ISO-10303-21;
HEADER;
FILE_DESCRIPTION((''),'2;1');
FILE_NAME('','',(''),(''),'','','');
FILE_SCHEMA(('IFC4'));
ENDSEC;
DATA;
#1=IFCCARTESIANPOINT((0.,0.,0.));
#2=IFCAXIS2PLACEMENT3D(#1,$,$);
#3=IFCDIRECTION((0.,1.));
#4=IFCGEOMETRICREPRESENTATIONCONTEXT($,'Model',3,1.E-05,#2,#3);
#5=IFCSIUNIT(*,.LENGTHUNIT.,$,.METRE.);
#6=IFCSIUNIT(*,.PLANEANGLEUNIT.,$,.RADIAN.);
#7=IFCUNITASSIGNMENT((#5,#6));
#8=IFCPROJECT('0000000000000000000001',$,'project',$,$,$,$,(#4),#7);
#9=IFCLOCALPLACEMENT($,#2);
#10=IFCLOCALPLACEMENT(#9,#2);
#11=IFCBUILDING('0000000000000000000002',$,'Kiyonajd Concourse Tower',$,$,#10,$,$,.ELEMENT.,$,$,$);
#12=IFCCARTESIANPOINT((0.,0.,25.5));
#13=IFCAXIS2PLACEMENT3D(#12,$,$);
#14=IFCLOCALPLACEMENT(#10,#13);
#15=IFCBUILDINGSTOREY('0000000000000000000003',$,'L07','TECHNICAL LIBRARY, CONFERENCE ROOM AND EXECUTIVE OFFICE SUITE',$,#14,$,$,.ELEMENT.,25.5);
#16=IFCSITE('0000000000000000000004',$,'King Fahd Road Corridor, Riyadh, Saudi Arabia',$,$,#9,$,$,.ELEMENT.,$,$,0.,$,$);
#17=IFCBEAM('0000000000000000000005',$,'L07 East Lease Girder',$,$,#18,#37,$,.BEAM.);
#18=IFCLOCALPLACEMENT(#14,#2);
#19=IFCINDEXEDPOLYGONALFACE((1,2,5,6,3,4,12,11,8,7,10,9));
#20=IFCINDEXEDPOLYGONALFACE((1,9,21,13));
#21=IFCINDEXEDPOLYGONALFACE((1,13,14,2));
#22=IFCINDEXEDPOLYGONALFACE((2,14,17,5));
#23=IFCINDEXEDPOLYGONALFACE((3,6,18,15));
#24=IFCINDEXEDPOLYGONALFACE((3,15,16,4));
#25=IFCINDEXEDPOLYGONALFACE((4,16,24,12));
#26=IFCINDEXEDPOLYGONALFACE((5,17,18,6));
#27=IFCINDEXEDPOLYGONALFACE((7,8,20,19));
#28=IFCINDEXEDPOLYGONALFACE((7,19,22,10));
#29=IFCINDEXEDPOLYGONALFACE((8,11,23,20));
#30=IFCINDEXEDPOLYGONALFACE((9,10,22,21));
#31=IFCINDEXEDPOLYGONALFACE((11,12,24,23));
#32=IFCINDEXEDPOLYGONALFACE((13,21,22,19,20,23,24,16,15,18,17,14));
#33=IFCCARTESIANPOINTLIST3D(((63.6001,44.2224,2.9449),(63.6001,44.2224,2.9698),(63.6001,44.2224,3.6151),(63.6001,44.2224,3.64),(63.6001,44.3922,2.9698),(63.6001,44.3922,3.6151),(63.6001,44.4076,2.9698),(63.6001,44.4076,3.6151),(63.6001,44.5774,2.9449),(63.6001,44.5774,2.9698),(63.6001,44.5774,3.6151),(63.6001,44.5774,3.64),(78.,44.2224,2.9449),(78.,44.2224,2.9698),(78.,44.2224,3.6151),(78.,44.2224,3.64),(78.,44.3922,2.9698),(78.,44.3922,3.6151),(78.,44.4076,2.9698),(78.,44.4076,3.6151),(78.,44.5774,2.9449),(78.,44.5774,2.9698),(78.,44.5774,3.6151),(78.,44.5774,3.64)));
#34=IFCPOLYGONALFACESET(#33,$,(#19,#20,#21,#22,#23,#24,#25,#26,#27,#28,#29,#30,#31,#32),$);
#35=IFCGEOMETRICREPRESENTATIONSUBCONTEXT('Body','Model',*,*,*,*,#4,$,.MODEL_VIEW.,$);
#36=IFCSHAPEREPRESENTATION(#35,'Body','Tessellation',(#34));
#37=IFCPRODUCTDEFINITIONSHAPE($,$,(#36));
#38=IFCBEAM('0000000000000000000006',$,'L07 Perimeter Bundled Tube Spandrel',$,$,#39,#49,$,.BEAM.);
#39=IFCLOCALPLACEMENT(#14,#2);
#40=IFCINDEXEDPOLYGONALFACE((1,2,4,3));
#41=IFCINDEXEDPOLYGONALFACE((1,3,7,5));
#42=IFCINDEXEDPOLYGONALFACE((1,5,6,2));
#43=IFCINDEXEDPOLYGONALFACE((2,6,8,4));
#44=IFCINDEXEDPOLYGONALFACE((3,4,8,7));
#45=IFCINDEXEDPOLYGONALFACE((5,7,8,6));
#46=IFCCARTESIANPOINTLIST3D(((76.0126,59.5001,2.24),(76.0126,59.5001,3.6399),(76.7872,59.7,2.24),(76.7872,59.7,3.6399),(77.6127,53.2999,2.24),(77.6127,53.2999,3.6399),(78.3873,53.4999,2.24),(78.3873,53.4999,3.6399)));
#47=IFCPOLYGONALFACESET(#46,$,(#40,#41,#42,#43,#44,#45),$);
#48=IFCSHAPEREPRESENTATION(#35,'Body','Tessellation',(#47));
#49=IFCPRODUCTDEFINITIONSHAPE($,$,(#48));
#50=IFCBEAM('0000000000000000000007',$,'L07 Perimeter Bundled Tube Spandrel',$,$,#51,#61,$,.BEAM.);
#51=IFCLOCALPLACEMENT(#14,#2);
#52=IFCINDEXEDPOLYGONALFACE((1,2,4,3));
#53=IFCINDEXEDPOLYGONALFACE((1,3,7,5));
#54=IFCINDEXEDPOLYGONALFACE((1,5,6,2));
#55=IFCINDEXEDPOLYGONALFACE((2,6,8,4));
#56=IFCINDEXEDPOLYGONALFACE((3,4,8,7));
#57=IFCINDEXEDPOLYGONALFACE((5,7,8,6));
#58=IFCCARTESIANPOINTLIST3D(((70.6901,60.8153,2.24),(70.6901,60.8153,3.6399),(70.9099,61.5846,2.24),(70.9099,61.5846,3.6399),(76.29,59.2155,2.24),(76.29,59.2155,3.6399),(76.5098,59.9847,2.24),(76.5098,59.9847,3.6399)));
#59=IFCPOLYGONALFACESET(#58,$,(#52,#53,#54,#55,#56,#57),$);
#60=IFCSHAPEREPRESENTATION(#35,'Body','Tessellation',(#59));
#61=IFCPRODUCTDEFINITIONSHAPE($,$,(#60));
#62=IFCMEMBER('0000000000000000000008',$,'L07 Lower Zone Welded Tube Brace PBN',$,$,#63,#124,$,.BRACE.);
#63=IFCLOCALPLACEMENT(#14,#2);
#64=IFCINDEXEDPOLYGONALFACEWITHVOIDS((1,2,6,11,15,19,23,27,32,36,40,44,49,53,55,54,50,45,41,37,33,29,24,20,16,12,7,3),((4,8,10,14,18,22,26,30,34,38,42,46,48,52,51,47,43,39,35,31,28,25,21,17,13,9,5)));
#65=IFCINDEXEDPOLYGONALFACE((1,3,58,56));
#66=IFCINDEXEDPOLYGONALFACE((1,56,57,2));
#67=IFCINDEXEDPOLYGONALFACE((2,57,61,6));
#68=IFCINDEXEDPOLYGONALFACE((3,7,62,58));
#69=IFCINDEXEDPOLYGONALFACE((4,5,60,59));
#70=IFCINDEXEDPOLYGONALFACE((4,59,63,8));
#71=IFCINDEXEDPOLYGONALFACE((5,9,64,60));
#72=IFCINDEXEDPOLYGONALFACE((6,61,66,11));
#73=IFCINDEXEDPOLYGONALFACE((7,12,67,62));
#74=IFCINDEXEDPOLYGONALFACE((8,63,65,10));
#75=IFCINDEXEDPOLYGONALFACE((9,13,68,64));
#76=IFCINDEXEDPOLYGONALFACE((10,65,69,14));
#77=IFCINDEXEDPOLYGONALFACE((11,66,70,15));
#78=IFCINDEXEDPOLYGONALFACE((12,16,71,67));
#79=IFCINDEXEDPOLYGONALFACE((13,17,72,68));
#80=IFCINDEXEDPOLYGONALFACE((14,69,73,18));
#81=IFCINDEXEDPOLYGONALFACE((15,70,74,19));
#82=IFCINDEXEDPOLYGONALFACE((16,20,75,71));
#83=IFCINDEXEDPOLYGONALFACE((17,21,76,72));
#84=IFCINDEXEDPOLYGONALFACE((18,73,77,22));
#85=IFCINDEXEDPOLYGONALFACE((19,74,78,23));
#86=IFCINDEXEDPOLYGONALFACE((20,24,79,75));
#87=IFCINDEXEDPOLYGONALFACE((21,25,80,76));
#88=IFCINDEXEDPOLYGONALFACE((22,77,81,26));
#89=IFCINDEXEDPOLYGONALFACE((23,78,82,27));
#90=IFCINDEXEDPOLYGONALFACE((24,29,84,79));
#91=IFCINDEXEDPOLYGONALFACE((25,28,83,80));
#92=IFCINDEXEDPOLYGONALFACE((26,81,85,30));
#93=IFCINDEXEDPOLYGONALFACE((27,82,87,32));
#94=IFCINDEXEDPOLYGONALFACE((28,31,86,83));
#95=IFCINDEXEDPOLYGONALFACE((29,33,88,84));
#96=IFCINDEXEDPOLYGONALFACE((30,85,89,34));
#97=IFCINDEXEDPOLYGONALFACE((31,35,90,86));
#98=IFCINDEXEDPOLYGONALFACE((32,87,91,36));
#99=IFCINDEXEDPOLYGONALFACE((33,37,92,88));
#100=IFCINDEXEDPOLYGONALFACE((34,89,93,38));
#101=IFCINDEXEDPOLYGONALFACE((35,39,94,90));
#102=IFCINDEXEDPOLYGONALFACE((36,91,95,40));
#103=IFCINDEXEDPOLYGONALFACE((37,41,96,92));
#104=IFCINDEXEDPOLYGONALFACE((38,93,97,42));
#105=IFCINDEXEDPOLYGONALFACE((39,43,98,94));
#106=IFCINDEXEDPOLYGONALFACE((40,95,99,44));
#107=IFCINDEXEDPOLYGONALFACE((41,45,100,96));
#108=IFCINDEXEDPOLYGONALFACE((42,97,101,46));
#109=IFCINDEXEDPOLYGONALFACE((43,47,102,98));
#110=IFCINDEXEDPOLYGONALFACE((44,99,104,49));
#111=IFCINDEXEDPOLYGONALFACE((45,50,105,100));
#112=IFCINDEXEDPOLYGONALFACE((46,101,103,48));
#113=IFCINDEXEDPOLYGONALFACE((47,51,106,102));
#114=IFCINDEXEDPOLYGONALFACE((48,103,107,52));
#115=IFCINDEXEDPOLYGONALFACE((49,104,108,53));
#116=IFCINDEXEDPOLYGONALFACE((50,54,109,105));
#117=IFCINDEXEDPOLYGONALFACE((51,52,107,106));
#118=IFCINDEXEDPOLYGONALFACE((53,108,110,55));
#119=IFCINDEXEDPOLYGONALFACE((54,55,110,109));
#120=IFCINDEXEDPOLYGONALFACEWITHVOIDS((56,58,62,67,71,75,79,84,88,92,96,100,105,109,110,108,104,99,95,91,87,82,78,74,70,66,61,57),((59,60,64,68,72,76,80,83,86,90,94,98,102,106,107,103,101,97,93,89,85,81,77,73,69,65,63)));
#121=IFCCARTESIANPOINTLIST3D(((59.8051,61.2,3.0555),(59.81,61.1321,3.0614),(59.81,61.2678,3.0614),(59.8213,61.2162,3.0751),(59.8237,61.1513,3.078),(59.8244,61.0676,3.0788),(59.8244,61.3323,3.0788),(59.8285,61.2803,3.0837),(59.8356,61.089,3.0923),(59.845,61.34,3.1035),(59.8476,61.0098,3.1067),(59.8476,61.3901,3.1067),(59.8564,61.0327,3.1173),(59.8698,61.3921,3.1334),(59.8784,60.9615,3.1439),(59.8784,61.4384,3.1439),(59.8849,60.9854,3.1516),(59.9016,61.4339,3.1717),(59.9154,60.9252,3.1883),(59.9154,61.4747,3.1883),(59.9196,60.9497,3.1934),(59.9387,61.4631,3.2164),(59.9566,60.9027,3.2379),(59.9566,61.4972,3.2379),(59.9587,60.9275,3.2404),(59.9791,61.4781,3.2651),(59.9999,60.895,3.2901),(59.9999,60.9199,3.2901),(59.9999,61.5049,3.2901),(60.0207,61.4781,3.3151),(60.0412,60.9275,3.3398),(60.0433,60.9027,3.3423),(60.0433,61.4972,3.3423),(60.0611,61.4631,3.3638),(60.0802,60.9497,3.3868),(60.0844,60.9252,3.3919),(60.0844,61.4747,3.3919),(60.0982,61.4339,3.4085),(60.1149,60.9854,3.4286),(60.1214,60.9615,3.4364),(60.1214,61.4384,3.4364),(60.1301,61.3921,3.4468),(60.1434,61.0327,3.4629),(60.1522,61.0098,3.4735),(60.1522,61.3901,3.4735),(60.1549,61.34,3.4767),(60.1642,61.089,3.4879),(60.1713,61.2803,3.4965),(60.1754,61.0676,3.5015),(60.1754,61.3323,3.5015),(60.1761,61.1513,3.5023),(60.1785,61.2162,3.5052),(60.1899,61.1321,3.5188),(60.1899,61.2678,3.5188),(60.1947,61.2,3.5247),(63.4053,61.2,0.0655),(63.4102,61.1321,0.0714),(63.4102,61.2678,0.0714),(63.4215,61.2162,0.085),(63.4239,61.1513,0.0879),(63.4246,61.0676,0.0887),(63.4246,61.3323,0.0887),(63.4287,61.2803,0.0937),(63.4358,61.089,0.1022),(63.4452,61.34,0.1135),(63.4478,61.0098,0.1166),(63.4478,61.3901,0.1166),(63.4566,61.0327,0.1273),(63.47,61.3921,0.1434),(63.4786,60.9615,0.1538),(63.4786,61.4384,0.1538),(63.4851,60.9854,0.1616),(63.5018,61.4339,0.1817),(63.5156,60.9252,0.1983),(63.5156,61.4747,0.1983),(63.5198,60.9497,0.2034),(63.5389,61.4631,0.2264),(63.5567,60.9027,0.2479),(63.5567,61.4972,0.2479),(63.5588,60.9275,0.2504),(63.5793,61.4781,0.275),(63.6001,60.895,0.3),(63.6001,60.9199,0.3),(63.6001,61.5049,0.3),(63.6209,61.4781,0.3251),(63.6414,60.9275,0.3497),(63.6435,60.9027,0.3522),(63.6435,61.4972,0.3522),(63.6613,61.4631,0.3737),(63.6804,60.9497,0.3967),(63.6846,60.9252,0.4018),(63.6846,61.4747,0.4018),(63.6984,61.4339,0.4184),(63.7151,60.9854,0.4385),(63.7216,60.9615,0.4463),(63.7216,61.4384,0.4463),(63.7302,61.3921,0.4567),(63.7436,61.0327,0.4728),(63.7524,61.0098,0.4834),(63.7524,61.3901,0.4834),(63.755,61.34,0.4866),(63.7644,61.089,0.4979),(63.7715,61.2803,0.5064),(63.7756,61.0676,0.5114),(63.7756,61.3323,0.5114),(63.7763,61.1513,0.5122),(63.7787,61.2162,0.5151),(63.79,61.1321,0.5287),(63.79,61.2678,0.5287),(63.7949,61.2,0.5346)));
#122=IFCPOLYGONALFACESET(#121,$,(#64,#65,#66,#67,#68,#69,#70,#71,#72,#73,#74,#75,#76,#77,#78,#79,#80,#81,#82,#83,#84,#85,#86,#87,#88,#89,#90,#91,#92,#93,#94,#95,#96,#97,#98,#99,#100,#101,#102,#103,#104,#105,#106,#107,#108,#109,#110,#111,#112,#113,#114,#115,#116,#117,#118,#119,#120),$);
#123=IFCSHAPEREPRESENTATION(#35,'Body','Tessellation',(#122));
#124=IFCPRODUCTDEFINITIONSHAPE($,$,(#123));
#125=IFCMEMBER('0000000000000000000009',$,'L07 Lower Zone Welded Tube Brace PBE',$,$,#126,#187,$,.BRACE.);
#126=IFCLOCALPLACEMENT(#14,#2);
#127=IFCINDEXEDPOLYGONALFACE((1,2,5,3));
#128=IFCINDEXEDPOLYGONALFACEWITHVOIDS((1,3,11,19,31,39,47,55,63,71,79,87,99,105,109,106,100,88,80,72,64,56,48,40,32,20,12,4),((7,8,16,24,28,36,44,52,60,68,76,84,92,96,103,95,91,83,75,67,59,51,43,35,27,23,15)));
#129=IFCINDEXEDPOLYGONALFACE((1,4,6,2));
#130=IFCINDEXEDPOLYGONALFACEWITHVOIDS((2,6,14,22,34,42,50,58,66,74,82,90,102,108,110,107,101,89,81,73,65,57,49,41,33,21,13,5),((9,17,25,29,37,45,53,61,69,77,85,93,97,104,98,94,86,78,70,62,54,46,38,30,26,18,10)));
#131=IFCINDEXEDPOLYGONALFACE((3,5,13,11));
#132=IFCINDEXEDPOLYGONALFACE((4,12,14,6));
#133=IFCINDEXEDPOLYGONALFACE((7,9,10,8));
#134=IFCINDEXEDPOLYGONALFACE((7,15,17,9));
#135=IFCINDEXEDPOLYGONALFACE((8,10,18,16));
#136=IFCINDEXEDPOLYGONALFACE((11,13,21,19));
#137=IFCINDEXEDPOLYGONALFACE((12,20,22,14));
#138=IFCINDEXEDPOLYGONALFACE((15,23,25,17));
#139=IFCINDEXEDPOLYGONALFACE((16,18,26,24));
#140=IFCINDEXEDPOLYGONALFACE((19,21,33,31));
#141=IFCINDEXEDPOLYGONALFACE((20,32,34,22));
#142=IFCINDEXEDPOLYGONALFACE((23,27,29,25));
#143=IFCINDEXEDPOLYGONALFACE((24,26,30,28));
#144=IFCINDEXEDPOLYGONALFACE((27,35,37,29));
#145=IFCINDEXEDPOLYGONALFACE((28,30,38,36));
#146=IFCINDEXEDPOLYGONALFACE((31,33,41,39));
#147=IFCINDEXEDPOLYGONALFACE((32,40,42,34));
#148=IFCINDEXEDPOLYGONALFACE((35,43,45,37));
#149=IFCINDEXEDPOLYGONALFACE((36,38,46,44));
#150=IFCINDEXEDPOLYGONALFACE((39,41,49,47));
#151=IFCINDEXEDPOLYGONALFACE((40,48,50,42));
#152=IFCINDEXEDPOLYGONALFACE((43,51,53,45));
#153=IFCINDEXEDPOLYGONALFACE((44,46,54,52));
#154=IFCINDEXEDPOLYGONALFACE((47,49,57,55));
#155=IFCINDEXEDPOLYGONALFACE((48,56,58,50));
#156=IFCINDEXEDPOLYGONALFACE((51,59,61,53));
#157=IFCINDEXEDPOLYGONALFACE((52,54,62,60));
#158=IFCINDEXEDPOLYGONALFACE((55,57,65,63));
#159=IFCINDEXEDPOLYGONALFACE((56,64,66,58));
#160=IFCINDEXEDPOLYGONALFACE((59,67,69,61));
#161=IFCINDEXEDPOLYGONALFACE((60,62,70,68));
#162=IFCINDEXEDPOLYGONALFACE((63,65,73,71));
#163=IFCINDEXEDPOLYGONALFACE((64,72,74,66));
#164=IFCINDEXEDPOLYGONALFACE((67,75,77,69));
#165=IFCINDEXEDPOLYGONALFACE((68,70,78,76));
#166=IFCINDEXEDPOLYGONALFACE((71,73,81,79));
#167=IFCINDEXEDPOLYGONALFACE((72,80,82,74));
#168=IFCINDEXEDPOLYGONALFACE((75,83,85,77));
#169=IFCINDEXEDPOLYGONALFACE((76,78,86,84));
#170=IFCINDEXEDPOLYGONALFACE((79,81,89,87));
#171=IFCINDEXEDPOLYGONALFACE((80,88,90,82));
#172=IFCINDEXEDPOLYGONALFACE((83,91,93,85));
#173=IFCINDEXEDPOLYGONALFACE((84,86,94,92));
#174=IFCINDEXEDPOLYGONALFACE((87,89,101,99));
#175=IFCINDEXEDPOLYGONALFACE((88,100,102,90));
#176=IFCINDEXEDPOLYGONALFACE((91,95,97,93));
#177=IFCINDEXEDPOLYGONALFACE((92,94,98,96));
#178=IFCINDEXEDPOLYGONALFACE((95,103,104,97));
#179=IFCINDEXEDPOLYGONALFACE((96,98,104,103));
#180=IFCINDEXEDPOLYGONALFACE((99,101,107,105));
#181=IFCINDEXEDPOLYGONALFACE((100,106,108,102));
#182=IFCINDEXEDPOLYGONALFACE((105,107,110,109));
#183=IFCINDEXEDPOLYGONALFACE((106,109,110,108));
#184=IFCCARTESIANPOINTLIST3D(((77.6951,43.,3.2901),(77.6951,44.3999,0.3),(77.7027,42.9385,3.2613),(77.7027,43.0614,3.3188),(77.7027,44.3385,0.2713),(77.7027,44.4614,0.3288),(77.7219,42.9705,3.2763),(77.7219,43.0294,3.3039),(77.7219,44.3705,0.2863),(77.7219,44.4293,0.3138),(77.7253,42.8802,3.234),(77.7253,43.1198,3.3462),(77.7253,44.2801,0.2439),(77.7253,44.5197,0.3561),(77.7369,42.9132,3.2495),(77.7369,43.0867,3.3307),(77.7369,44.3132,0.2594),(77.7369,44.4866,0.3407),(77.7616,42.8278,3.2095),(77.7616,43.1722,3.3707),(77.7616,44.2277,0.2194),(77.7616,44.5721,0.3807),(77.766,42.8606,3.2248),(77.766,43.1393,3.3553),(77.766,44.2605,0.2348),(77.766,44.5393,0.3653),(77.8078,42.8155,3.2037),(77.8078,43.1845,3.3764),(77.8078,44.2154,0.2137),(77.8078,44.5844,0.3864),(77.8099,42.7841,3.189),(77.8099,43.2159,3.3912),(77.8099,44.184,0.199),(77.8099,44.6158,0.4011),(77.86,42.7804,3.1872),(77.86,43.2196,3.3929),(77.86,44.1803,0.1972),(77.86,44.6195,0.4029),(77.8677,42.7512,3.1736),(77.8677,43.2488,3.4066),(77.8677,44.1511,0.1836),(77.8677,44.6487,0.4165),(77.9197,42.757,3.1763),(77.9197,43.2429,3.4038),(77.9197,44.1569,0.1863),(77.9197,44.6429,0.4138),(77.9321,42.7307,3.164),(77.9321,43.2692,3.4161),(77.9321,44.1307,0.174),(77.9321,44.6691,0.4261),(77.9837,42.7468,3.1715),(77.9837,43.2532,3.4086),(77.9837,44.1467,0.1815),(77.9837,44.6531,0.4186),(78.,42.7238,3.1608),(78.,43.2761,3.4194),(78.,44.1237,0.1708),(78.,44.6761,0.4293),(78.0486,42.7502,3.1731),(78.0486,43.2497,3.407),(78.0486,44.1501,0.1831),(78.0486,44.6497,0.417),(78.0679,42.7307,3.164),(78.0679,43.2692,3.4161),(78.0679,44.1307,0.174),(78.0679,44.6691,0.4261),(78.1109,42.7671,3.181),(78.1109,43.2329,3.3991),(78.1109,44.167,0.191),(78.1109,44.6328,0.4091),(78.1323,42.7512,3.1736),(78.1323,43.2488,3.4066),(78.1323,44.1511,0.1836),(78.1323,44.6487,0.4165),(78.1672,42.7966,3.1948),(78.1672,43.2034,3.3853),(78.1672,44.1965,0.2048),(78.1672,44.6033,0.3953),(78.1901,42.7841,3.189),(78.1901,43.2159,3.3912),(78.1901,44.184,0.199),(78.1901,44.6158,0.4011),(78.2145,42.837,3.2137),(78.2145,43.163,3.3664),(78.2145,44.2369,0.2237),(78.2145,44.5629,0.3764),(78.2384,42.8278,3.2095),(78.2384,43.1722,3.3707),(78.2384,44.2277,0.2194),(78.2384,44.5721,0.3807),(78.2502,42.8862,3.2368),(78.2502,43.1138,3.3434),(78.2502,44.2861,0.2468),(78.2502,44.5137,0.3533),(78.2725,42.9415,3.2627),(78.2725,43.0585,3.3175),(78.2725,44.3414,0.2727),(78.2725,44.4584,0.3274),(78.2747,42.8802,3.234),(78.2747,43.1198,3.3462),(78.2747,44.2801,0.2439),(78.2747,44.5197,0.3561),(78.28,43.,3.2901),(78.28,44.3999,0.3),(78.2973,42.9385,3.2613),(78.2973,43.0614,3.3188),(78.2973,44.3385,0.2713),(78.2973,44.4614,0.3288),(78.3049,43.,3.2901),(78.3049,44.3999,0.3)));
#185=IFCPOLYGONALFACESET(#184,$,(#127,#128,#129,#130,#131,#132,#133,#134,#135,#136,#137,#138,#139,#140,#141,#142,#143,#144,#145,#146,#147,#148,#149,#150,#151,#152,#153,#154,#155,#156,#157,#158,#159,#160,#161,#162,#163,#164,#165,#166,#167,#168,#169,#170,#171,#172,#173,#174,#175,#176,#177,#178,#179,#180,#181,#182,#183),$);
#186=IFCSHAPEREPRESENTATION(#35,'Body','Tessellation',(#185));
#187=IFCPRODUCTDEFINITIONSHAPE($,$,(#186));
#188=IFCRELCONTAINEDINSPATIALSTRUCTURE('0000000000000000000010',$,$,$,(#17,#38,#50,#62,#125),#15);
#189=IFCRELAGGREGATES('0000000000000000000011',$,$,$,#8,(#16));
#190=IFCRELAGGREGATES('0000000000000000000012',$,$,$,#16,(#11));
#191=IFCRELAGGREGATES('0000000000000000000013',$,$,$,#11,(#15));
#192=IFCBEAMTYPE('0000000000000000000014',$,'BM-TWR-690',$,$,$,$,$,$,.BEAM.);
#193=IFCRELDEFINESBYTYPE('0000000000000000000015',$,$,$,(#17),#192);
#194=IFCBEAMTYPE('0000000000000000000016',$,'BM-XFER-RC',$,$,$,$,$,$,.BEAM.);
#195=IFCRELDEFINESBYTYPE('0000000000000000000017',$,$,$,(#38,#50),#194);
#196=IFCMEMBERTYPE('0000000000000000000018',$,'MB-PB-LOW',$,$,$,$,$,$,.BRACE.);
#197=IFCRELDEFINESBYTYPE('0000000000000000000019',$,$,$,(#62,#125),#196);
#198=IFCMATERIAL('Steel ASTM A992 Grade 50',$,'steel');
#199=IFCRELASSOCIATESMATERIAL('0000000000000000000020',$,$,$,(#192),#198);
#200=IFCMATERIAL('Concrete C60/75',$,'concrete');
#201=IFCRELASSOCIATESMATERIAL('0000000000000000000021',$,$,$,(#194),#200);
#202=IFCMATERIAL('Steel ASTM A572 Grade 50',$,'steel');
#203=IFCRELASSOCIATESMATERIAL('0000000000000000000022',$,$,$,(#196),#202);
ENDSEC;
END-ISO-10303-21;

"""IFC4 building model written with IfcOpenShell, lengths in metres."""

from ifc_helpers import new_model, si_unit, direction, frame, origin, origin_2d, place, context, subcontext, project, spatial, rectangle, hollow_circle, i_section, extrude, material, material_profile, profile_set, type_object, element, save


model = new_model("IFC4")

# Units and contexts
model_context = context("Model", 3, precision=1e-05, world=origin(), true_north=direction((0.0, 1.0)))
body_context = subcontext(model_context, "Body", "Model", "MODEL_VIEW")
ifc_project = project(units=[si_unit("LENGTHUNIT", "METRE"), si_unit("PLANEANGLEUNIT", "RADIAN")], contexts=[model_context])

# Site, building, storey
site_placement = place(None, origin())
site = spatial("IfcSite", under=ifc_project, at=site_placement, Name="King Fahd Road Corridor, Riyadh, Saudi Arabia", CompositionType="ELEMENT", RefElevation=0.0)
building_placement = place(site_placement, origin())
building = spatial("IfcBuilding", under=site, at=building_placement, Name="Kiyonajd Concourse Tower", CompositionType="ELEMENT")
storey_placement = place(building_placement, frame((0.0, 0.0, 25.5)))
storey = spatial("IfcBuildingStorey", under=building, at=storey_placement, Name="L07", Description="TECHNICAL LIBRARY, CONFERENCE ROOM AND EXECUTIVE OFFICE SUITE", CompositionType="ELEMENT", Elevation=25.5)

# Beams
ifc_material_1 = material(Name="Steel ASTM A992 Grade 50", Category="steel")
ifc_material_profile_1 = material_profile(ifc_material_1, i_section(OverallWidth=0.355, OverallDepth=0.6951, WebThickness=0.0154, FlangeThickness=0.0249, at=origin_2d()), Name="W690X217")
ifc_profile_set_1 = profile_set([ifc_material_profile_1], Name="Steel ASTM A992 Grade 50")
beam_type_1 = type_object("IfcBeamType", Name="BM-TWR-690", PredefinedType="BEAM", material=ifc_profile_set_1)
beam_1_placement = place(storey_placement, frame((63.6001, 44.3999, 3.2925), z_axis=(1.0, 0.0, 0.0), x_axis=(0.0, 1.0, 0.0)))
element("IfcBeam", 1, at=beam_1_placement, inside=storey, type_object=beam_type_1, Name="L07 East Lease Girder", PredefinedType="BEAM", context=body_context, shape_type="SweptSolid", body=[
    extrude(i_section(OverallWidth=0.355, OverallDepth=0.6951, WebThickness=0.0154, FlangeThickness=0.0249, at=origin_2d()), origin(), (0.0, 0.0, 1.0), 14.3999),
])
ifc_material_2 = material(Name="Concrete C60/75", Category="concrete")
ifc_material_profile_2 = material_profile(ifc_material_2, rectangle(XDim=0.8, YDim=1.3999, at=origin_2d()), Name="RCBM-800x1400")
ifc_profile_set_2 = profile_set([ifc_material_profile_2], Name="Concrete C60/75")
beam_type_2 = type_object("IfcBeamType", Name="BM-XFER-RC", PredefinedType="BEAM", material=ifc_profile_set_2)
beam_2_placement = place(storey_placement, frame((78.0, 53.3999, 2.9399), z_axis=(-0.249885, 0.968276, 0.0), x_axis=(-0.968276, -0.249885, 0.0)))
element("IfcBeam", 2, at=beam_2_placement, inside=storey, type_object=beam_type_2, Name="L07 Perimeter Bundled Tube Spandrel", PredefinedType="BEAM", context=body_context, shape_type="SweptSolid", body=[
    extrude(rectangle(XDim=0.8, YDim=1.3999, at=origin_2d()), origin(), (0.0, 0.0, 1.0), 6.4033),
])
beam_3_placement = place(storey_placement, frame((76.3999, 59.6001, 2.9399), z_axis=(-0.961529, 0.274705, 0.0), x_axis=(-0.274705, -0.961529, 0.0)))
element("IfcBeam", 3, at=beam_3_placement, inside=storey, type_object=beam_type_2, Name="L07 Perimeter Bundled Tube Spandrel", PredefinedType="BEAM", context=body_context, shape_type="SweptSolid", body=[
    extrude(rectangle(XDim=0.8, YDim=1.3999, at=origin_2d()), origin(), (0.0, 0.0, 1.0), 5.824),
])

# Members
ifc_material_3 = material(Name="Steel ASTM A572 Grade 50", Category="steel")
ifc_material_profile_3 = material_profile(ifc_material_3, hollow_circle(Radius=0.3049, WallThickness=0.0249, at=origin_2d()), Name="CHS-610x25")
ifc_profile_set_3 = profile_set([ifc_material_profile_3], Name="Steel ASTM A572 Grade 50")
member_type = type_object("IfcMemberType", Name="MB-PB-LOW", PredefinedType="BRACE", material=ifc_profile_set_3)
member_1_placement = place(storey_placement, frame((63.6001, 61.2, 0.3), z_axis=(-0.769281, 0.0, 0.638911), x_axis=(0.0, -1.0, 0.0)))
element("IfcMember", 4, at=member_1_placement, inside=storey, type_object=member_type, Name="L07 Lower Zone Welded Tube Brace PBN", PredefinedType="BRACE", context=body_context, shape_type="SweptSolid", body=[
    extrude(hollow_circle(Radius=0.3049, WallThickness=0.0249, at=origin_2d()), origin(), (0.0, 0.0, 1.0), 4.6799),
])
member_2_placement = place(storey_placement, frame((78.0, 44.3999, 0.3), z_axis=(0.0, -0.424023, 0.905652), x_axis=(1.0, 0.0, 0.0)))
element("IfcMember", 5, at=member_2_placement, inside=storey, type_object=member_type, Name="L07 Lower Zone Welded Tube Brace PBE", PredefinedType="BRACE", context=body_context, shape_type="SweptSolid", body=[
    extrude(hollow_circle(Radius=0.3049, WallThickness=0.0249, at=origin_2d()), origin(), (0.0, 0.0, 1.0), 3.3015),
])

save(model, "model.ifc")
